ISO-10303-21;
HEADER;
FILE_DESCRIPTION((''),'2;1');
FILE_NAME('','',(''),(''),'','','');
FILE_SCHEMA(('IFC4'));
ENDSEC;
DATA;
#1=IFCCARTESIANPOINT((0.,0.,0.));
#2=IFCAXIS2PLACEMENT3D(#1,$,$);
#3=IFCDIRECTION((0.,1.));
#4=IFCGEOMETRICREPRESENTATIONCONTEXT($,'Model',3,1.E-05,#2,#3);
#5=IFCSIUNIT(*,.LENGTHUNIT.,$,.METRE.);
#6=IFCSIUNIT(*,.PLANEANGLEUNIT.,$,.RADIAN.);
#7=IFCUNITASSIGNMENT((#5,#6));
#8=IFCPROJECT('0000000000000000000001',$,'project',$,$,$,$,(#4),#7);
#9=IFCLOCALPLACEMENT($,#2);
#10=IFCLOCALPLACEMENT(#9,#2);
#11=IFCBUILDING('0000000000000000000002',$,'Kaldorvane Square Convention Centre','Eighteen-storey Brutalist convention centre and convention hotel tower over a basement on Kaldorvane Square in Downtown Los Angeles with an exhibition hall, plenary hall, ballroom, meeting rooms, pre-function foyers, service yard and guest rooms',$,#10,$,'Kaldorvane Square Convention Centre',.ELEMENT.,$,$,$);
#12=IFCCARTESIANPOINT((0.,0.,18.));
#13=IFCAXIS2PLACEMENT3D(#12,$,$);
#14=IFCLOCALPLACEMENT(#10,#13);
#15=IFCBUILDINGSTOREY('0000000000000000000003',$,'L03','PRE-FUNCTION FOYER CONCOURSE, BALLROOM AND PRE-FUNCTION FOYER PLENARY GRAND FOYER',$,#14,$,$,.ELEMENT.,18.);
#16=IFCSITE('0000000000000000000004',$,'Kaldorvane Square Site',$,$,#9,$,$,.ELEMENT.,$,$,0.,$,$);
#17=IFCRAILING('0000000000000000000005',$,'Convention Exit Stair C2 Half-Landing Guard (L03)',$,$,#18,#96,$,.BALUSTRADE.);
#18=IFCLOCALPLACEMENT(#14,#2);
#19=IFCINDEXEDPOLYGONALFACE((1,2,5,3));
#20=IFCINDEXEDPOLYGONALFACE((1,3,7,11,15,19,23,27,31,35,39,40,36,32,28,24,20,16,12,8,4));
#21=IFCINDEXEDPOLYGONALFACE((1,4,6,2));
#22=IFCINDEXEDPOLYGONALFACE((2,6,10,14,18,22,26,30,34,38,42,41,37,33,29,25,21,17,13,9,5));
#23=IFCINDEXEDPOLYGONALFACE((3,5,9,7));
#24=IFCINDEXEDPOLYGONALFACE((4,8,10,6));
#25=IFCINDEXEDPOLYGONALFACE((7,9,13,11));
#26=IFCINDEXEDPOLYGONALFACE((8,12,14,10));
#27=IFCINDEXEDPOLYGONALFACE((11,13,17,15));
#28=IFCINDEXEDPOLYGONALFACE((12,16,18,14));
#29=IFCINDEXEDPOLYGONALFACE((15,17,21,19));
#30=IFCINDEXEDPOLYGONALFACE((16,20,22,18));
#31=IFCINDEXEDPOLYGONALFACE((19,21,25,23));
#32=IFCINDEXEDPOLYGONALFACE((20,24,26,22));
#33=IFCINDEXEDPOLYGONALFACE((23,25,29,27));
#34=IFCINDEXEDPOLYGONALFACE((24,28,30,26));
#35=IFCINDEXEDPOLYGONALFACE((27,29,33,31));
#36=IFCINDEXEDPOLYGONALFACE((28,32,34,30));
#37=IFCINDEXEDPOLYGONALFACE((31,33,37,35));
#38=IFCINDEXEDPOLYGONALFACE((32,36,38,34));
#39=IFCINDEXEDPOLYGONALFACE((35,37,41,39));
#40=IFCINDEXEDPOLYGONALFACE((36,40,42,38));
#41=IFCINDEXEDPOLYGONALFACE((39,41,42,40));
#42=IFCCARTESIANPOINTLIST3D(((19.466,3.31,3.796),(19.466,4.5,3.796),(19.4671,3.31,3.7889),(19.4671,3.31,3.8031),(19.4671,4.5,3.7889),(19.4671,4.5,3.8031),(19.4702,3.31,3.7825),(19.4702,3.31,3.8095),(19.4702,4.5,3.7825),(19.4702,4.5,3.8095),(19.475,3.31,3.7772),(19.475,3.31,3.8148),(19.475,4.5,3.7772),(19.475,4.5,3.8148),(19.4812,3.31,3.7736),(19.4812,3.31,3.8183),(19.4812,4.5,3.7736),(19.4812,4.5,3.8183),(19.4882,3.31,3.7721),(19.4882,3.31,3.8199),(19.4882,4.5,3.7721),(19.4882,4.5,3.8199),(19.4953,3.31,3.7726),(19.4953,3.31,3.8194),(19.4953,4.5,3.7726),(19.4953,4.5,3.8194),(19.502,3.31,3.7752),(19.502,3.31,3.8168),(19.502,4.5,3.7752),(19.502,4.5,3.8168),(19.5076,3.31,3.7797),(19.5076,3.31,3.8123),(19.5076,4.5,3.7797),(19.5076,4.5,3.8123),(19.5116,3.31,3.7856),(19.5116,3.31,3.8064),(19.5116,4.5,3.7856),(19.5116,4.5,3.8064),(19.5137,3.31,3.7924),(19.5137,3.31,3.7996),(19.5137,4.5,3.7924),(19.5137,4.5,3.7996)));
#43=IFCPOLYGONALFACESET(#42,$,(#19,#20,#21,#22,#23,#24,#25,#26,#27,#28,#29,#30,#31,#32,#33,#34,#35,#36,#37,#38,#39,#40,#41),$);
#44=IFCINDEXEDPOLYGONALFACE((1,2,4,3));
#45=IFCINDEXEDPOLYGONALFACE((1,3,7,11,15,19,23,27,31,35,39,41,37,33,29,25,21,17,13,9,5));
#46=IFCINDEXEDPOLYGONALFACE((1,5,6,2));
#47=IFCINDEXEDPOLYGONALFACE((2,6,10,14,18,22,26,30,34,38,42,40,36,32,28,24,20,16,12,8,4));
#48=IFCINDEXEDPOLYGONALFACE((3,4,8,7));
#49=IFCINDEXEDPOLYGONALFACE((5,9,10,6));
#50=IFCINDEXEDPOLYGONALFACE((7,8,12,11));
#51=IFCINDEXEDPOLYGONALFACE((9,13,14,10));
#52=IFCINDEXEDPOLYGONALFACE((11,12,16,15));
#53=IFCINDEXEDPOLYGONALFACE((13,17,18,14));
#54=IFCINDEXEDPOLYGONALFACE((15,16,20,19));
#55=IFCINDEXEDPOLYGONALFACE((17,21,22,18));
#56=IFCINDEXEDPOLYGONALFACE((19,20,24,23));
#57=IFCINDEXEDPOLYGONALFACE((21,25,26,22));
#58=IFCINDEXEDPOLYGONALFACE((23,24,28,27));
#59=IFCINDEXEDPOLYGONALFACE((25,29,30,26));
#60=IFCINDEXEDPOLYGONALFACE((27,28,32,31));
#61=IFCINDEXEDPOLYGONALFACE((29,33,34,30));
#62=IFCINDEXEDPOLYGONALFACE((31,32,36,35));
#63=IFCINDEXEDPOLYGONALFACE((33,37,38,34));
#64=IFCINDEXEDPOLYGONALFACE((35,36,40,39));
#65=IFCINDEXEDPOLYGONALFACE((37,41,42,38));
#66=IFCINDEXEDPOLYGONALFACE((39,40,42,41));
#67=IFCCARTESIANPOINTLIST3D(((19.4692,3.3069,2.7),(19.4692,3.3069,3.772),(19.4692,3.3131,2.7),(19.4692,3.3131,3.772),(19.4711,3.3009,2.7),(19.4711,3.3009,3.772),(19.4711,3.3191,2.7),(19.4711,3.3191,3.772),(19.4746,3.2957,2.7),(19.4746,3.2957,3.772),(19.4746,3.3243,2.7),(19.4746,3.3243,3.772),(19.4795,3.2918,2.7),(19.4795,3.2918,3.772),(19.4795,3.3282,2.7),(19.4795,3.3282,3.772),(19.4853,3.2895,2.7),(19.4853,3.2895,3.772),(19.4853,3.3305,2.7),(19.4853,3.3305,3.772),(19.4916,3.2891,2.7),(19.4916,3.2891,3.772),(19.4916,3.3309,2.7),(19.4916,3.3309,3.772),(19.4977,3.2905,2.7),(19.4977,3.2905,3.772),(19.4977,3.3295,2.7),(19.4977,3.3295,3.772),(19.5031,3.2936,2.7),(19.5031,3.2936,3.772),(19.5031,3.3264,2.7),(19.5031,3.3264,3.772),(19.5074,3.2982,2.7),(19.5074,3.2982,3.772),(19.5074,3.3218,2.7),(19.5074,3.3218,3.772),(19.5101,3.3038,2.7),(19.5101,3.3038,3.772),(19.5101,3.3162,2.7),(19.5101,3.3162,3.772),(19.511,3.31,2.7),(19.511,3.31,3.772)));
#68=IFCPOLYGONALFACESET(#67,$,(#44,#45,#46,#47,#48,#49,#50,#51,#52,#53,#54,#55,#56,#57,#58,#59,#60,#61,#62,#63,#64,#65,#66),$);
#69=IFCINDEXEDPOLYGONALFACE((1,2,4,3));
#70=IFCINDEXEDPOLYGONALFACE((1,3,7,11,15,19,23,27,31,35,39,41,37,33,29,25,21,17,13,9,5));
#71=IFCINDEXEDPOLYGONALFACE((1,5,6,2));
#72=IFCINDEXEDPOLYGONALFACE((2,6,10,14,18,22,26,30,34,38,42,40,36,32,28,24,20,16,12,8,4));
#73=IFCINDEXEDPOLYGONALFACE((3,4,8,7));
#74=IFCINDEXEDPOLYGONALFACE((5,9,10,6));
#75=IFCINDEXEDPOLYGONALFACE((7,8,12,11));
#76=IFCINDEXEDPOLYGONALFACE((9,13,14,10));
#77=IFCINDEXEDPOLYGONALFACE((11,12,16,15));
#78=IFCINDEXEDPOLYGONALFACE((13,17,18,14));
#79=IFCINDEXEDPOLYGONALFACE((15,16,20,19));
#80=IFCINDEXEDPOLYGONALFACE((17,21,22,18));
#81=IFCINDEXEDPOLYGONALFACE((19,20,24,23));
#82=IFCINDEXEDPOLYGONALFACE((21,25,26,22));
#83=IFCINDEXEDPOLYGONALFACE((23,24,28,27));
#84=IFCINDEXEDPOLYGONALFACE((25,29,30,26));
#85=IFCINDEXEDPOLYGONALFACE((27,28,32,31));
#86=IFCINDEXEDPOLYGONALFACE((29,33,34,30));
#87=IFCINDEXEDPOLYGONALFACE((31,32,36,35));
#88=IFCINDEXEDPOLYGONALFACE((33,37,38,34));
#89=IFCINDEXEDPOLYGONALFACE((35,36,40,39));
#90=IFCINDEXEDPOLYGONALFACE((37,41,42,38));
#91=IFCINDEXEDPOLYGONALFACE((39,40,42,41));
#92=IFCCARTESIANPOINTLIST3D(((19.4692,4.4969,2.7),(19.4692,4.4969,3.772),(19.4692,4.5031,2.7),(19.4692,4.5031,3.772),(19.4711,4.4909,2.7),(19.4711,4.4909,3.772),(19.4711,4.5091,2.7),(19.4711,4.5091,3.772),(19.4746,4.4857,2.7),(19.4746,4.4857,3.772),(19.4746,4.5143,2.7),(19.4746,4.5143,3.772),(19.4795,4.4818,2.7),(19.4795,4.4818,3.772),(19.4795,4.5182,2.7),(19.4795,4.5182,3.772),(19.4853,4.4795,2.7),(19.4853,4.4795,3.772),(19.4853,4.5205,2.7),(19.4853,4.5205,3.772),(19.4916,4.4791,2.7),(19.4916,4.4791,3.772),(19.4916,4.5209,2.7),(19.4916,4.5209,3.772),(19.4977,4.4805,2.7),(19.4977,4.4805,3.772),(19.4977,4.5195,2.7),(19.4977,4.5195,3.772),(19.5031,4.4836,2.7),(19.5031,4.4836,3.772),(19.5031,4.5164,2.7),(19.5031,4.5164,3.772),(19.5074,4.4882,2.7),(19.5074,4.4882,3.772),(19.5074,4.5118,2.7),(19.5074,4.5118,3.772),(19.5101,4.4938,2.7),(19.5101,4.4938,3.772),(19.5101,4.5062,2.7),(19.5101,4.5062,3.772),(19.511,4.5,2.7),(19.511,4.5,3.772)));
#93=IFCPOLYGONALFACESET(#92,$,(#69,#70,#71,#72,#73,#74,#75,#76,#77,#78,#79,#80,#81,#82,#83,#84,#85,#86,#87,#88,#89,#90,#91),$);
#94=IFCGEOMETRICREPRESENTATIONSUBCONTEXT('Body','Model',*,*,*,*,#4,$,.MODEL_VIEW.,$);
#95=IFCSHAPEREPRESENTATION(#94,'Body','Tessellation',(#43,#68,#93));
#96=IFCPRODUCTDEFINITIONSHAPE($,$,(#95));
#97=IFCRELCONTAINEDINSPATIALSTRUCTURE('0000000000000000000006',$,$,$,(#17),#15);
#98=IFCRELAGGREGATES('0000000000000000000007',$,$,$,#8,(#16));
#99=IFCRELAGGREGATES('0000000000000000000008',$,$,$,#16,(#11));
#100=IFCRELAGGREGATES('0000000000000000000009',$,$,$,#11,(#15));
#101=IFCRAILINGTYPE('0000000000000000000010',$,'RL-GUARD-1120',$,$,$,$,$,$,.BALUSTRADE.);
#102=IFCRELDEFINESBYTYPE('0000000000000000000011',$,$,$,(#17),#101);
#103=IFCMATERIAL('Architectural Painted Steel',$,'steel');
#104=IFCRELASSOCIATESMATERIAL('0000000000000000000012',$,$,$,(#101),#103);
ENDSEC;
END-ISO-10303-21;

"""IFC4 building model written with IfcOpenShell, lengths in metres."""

from ifc_helpers import new_model, si_unit, direction, frame, origin, origin_2d, place, context, subcontext, project, spatial, circle, extrude, material, type_object, element, save


model = new_model("IFC4")

# Units and contexts
model_context = context("Model", 3, precision=1e-05, world=origin(), true_north=direction((0.0, 1.0)))
body_context = subcontext(model_context, "Body", "Model", "MODEL_VIEW")
ifc_project = project(units=[si_unit("LENGTHUNIT", "METRE"), si_unit("PLANEANGLEUNIT", "RADIAN")], contexts=[model_context])

# Site, building, storey
site_placement = place(None, origin())
site = spatial("IfcSite", under=ifc_project, at=site_placement, Name="Kaldorvane Square Site", CompositionType="ELEMENT", RefElevation=0.0)
building_placement = place(site_placement, origin())
building = spatial("IfcBuilding", under=site, at=building_placement, Name="Kaldorvane Square Convention Centre", Description="Eighteen-storey Brutalist convention centre and convention hotel tower over a basement on Kaldorvane Square in Downtown Los Angeles with an exhibition hall, plenary hall, ballroom, meeting rooms, pre-function foyers, service yard and guest rooms", LongName="Kaldorvane Square Convention Centre", CompositionType="ELEMENT")
storey_placement = place(building_placement, frame((0.0, 0.0, 18.0)))
storey = spatial("IfcBuildingStorey", under=building, at=storey_placement, Name="L03", Description="PRE-FUNCTION FOYER CONCOURSE, BALLROOM AND PRE-FUNCTION FOYER PLENARY GRAND FOYER", CompositionType="ELEMENT", Elevation=18.0)

# Railing
ifc_material_1 = material(Name="Architectural Painted Steel", Category="steel")
railing_type_1 = type_object("IfcRailingType", Name="RL-GUARD-1120", PredefinedType="BALUSTRADE", material=ifc_material_1)
railing_1_placement = place(storey_placement, frame((19.49, 3.31, 2.7)))
element("IfcRailing", 1, at=railing_1_placement, inside=storey, type_object=railing_type_1, Name="Convention Exit Stair C2 Half-Landing Guard (L03)", PredefinedType="BALUSTRADE", context=body_context, shape_type="SweptSolid", body=[
    extrude(circle(Radius=0.024, at=origin_2d()), frame((0.0, 0.0, 1.096), z_axis=(0.0, 1.0, 0.0), x_axis=(-1.0, 0.0, 0.0)), (0.0, 0.0, 1.0), 1.19),
    extrude(circle(Radius=0.021, at=origin_2d()), origin(), (0.0, 0.0, 1.0), 1.072),
    extrude(circle(Radius=0.021, at=origin_2d()), frame((0.0, 1.19, 0.0)), (0.0, 0.0, 1.0), 1.072),
])

save(model, "model.ifc")
